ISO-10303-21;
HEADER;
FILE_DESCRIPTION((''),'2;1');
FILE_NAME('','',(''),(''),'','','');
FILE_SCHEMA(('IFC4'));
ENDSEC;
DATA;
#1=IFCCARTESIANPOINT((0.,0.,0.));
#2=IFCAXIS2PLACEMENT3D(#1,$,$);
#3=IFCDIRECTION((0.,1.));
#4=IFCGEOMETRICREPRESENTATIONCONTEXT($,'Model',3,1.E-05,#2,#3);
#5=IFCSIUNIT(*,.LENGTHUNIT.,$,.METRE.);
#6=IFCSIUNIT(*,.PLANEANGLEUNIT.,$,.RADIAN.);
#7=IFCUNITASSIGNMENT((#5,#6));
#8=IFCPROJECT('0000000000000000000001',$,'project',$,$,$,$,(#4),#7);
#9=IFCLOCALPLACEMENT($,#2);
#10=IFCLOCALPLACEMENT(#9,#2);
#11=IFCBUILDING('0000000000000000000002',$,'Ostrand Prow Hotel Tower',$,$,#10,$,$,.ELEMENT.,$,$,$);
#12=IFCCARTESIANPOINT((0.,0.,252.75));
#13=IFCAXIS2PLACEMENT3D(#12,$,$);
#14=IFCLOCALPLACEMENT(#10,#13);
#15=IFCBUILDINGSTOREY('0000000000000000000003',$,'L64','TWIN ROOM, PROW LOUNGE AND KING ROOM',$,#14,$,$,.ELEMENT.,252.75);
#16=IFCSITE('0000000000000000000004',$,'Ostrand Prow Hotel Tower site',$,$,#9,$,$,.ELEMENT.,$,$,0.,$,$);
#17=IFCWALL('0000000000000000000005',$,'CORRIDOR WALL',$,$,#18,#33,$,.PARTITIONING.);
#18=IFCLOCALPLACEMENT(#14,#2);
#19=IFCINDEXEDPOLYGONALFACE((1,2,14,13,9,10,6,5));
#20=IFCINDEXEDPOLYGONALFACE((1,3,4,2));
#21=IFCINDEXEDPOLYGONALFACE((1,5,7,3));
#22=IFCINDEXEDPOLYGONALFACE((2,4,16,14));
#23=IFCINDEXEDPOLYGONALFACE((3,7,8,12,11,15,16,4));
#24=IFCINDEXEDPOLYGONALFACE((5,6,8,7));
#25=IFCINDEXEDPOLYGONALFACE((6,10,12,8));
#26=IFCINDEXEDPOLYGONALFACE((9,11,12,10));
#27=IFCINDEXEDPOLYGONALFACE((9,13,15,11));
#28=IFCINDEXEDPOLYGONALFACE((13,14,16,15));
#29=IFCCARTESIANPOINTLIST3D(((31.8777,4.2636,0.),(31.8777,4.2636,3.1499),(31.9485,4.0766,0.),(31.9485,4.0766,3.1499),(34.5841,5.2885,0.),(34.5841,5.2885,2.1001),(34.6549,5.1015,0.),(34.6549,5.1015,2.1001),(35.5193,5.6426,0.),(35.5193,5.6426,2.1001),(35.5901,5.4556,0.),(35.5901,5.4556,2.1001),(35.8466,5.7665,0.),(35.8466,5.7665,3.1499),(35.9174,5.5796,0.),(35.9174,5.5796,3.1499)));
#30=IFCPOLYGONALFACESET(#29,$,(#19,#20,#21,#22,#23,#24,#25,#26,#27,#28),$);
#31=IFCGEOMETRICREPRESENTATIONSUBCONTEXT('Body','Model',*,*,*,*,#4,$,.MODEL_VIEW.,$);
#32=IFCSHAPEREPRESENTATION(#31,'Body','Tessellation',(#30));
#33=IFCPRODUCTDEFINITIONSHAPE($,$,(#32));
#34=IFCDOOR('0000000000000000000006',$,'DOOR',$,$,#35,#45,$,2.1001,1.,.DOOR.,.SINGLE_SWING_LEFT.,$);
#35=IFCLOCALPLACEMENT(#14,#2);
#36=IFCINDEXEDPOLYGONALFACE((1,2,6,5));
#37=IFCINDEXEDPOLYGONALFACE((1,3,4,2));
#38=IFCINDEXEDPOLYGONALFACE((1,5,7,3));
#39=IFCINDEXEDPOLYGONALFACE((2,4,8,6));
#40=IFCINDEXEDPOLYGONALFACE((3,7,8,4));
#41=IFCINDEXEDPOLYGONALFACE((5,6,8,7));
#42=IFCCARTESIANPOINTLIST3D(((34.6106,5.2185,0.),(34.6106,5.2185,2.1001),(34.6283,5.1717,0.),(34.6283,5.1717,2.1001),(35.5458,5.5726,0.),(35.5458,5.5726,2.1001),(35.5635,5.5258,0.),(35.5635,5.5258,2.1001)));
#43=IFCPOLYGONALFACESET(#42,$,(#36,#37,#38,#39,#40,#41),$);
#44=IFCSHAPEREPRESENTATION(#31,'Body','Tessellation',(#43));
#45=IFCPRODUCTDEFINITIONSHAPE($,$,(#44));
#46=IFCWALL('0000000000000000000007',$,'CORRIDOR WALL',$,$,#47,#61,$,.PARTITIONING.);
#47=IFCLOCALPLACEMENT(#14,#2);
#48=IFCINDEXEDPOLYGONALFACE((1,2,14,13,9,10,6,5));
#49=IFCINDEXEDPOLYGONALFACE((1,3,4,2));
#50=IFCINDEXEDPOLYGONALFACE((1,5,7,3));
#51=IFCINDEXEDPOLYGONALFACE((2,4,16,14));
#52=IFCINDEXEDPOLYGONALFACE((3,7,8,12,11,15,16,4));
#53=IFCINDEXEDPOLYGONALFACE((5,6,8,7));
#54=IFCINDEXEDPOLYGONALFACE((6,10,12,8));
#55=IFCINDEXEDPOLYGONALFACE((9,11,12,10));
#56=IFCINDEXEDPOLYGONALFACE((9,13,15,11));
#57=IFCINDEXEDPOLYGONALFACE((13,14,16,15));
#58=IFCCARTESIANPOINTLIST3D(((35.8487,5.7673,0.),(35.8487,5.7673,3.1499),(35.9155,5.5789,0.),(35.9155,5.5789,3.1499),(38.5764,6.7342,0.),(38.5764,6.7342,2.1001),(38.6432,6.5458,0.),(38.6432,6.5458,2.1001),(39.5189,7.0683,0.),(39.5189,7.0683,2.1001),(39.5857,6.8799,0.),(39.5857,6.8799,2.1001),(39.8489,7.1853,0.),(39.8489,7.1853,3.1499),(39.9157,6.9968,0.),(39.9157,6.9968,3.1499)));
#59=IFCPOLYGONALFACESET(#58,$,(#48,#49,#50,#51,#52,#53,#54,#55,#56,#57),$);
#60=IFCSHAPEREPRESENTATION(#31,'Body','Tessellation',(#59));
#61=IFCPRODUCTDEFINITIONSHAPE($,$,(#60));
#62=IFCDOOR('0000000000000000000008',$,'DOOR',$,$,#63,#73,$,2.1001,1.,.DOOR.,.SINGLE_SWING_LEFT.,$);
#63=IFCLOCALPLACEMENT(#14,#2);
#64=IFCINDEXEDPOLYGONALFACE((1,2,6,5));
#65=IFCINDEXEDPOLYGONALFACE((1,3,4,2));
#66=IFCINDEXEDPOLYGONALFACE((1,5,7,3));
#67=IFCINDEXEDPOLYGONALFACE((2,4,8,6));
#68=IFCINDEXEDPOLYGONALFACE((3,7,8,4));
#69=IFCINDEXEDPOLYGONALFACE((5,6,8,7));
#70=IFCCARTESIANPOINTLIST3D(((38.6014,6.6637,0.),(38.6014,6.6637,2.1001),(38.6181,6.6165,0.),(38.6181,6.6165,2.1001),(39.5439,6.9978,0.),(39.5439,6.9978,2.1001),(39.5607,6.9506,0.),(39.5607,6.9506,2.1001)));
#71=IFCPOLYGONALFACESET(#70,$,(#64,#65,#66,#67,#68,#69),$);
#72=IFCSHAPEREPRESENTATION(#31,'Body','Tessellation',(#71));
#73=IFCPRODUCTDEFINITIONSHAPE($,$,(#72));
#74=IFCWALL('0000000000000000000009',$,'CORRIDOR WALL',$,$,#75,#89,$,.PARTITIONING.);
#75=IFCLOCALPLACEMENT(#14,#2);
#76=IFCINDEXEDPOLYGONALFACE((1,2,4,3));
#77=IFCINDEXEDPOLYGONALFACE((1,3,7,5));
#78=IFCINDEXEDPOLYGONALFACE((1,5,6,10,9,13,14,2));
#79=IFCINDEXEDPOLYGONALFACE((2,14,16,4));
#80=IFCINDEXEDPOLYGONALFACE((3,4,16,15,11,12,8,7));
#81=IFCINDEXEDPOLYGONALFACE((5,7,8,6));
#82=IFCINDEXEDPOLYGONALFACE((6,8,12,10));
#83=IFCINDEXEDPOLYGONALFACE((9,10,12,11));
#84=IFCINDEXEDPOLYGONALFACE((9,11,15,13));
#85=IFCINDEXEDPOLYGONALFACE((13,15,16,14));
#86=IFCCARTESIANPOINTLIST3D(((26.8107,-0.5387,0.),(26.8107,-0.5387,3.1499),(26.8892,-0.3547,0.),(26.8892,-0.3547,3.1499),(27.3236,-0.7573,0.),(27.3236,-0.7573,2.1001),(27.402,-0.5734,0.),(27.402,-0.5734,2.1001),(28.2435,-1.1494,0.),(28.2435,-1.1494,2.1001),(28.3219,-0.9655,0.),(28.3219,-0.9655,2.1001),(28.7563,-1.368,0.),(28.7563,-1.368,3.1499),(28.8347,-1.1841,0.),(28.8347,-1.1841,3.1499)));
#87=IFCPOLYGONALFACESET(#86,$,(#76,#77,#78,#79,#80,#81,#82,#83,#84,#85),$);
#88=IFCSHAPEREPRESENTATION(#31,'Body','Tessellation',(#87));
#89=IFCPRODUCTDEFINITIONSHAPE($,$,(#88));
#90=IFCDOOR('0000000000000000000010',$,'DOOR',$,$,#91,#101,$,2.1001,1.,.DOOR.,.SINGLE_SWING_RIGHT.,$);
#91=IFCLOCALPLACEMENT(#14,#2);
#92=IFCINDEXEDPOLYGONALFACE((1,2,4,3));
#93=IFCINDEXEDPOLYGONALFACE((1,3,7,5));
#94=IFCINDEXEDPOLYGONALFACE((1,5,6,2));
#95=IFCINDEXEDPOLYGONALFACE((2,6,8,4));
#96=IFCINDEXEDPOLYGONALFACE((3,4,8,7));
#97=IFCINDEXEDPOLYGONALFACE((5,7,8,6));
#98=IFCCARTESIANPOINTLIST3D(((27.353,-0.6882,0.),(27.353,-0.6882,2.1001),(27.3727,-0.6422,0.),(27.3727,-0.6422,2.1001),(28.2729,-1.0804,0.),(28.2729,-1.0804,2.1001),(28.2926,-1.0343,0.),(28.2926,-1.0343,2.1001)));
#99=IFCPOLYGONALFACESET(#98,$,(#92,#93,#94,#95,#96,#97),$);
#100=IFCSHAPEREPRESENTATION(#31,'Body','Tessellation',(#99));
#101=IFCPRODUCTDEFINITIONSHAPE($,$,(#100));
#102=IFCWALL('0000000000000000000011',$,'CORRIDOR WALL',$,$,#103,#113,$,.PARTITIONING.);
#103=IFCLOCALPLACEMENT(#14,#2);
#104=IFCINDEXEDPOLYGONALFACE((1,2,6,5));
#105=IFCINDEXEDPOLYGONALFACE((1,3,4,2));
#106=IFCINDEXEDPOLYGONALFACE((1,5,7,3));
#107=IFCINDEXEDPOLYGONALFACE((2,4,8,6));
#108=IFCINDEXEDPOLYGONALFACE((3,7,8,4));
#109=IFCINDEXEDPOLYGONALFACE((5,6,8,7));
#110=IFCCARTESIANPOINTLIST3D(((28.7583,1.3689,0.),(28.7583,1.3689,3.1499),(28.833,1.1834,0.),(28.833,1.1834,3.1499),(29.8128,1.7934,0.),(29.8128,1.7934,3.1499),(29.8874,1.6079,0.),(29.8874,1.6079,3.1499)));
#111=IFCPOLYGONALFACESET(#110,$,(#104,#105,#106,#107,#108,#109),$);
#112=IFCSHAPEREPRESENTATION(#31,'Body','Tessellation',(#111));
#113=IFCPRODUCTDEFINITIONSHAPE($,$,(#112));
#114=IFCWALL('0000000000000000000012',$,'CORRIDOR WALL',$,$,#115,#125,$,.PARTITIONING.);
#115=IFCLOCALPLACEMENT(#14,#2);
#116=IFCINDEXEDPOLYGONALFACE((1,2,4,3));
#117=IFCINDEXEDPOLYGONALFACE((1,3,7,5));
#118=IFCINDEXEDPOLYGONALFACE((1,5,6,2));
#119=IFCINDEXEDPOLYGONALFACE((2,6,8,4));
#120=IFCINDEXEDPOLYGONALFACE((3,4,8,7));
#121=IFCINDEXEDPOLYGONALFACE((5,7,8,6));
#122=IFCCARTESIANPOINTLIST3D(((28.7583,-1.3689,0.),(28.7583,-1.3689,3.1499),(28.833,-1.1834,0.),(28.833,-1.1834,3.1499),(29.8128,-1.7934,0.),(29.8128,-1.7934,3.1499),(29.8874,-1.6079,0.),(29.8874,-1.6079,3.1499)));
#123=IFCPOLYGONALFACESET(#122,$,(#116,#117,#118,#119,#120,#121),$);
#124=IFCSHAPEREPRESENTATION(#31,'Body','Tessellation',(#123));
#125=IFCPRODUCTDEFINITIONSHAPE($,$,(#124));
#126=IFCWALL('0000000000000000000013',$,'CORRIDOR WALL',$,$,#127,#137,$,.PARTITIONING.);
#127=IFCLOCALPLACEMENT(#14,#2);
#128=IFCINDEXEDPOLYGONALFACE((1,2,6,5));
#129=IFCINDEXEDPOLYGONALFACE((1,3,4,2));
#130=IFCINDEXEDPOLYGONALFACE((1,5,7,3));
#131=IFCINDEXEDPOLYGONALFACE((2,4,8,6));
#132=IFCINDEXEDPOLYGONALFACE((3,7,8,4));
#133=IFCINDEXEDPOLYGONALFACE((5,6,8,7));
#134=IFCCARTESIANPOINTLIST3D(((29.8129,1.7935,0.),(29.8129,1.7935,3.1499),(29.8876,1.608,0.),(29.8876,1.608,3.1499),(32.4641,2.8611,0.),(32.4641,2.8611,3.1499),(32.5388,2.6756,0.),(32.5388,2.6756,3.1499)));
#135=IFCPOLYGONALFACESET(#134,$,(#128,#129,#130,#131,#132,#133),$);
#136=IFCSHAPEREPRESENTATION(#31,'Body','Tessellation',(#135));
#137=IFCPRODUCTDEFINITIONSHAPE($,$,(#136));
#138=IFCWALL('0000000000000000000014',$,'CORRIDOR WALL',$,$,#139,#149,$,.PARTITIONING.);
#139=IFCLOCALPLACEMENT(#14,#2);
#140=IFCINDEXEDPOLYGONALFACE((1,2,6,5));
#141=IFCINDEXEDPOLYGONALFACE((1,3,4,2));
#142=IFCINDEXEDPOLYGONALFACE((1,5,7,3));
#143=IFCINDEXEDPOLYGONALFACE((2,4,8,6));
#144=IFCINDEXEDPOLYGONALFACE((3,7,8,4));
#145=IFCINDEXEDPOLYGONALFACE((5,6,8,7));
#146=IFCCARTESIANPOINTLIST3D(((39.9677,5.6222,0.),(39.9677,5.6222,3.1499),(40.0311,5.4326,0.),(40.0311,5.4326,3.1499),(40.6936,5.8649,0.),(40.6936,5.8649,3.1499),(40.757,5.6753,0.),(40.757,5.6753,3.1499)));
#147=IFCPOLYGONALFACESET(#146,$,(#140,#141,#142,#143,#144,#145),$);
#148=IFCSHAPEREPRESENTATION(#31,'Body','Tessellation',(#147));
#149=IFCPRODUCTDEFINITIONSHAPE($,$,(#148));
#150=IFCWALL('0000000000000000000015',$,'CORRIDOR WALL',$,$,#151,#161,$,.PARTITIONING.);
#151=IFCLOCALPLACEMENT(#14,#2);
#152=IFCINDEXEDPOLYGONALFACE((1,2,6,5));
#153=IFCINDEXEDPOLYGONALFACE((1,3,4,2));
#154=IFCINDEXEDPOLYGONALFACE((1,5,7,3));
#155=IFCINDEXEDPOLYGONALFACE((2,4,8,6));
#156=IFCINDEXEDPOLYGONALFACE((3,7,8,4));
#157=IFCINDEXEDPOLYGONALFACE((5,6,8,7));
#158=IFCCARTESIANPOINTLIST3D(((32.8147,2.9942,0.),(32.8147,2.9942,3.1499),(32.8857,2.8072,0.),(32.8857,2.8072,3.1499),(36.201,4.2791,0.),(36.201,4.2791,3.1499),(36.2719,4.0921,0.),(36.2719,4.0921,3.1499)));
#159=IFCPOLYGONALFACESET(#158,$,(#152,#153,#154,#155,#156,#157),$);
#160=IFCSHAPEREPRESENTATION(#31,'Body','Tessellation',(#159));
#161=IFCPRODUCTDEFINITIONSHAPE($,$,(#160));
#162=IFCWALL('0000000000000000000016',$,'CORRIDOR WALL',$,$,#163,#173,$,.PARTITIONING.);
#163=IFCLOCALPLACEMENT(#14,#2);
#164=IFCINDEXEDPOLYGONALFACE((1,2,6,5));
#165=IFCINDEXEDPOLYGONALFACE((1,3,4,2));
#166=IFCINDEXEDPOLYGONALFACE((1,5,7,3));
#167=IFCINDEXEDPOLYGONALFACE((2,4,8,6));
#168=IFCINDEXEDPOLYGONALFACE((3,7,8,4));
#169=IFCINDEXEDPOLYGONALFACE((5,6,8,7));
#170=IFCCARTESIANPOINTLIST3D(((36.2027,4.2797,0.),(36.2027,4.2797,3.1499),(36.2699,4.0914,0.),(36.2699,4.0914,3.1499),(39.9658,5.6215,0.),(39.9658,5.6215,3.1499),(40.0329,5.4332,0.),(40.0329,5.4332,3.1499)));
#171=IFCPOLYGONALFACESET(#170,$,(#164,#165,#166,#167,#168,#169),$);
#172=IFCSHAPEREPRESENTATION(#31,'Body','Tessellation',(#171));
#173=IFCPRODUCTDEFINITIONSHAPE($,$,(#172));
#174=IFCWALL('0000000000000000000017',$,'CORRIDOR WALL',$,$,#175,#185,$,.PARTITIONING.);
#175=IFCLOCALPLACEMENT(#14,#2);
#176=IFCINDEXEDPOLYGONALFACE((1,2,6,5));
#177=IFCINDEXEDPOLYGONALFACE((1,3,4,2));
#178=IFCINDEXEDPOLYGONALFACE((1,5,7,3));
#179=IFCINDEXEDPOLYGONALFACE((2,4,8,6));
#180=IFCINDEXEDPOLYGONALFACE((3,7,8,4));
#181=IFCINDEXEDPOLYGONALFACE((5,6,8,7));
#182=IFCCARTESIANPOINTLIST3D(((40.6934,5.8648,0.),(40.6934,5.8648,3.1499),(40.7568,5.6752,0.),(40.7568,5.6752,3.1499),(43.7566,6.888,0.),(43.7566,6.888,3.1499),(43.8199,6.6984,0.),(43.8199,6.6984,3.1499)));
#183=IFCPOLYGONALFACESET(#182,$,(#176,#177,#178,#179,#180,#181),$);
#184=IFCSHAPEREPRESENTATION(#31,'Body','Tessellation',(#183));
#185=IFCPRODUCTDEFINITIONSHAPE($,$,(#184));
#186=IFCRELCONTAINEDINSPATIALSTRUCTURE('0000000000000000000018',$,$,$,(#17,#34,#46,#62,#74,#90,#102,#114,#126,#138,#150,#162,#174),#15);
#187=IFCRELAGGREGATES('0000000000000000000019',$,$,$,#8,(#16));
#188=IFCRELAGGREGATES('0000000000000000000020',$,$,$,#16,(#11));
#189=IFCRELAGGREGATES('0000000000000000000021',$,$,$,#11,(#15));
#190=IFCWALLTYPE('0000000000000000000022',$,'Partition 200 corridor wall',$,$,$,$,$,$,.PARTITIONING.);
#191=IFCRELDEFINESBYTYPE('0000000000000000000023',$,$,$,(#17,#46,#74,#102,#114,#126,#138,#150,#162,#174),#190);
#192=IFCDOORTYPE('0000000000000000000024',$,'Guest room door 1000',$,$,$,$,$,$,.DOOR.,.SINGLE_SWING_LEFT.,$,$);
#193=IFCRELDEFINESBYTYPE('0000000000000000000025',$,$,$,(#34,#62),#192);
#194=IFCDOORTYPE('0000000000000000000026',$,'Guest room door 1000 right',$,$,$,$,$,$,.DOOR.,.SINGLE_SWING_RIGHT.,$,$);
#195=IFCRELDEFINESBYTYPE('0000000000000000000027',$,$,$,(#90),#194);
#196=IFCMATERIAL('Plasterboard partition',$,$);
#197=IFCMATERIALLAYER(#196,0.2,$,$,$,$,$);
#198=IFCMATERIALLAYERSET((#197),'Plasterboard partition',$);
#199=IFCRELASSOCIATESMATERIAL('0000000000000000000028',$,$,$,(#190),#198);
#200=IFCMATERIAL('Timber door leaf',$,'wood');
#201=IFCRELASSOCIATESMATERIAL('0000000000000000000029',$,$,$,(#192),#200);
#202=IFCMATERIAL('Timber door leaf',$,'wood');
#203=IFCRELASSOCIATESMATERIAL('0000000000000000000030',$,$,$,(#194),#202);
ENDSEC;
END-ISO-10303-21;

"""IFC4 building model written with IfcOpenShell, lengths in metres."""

from ifc_helpers import new_model, si_unit, direction, frame, frame_2d, origin, place, context, subcontext, project, spatial, rectangle, extrude, material, layer, layer_set, type_object, element, fill, save


model = new_model("IFC4")

# Units and contexts
model_context = context("Model", 3, precision=1e-05, world=origin(), true_north=direction((0.0, 1.0)))
body_context = subcontext(model_context, "Body", "Model", "MODEL_VIEW")
ifc_project = project(units=[si_unit("LENGTHUNIT", "METRE"), si_unit("PLANEANGLEUNIT", "RADIAN")], contexts=[model_context])

# Site, building, storey
site_placement = place(None, origin())
site = spatial("IfcSite", under=ifc_project, at=site_placement, Name="Ostrand Prow Hotel Tower site", CompositionType="ELEMENT", RefElevation=0.0)
building_placement = place(site_placement, origin())
building = spatial("IfcBuilding", under=site, at=building_placement, Name="Ostrand Prow Hotel Tower", CompositionType="ELEMENT")
storey_placement = place(building_placement, frame((0.0, 0.0, 252.75)))
storey = spatial("IfcBuildingStorey", under=building, at=storey_placement, Name="L64", Description="TWIN ROOM, PROW LOUNGE AND KING ROOM", CompositionType="ELEMENT", Elevation=252.75)

# Walls, openings, doors
ifc_material_1 = material(Name="Plasterboard partition")
ifc_layer_1 = layer(ifc_material_1, 0.2)
ifc_layer_set_1 = layer_set([ifc_layer_1], Name="Plasterboard partition")
wall_type_1 = type_object("IfcWallType", Name="Partition 200 corridor wall", PredefinedType="PARTITIONING", material=ifc_layer_set_1)
wall_1_placement = place(storey_placement, frame((35.8821, 5.6731, 0.0), z_axis=(0.0, 0.0, 1.0), x_axis=(-0.935189, -0.354148, 0.0)))
wall_1 = element("IfcWall", 1, at=wall_1_placement, inside=storey, type_object=wall_type_1, Name="CORRIDOR WALL", PredefinedType="PARTITIONING", context=body_context, shape_type="SweptSolid", body=[
    extrude(rectangle(XDim=4.2439, YDim=0.2, at=frame_2d((2.1221, 0.0))), origin(), (0.0, 0.0, 1.0), 3.1499),
])
opening_1_placement = place(wall_1_placement, frame((0.3501, 0.0, 0.0)))
opening_1 = element("IfcOpeningElement", 2, at=opening_1_placement, cuts=wall_1, PredefinedType="OPENING", context=body_context, shape_type="SweptSolid", body=[
    extrude(rectangle(XDim=1.0, YDim=2.1001, at=frame_2d((0.5, 1.05))), frame((0.0, 0.1099, 0.0), z_axis=(0.0, -1.0, 0.0), x_axis=(1.0, 0.0, 0.0)), (0.0, 0.0, 1.0), 0.22),
])
ifc_material_2 = material(Name="Timber door leaf", Category="wood")
door_type_1 = type_object("IfcDoorType", Name="Guest room door 1000", OperationType="SINGLE_SWING_LEFT", PredefinedType="DOOR", material=ifc_material_2)
door_1_placement = place(opening_1_placement, origin())
door_1 = element("IfcDoor", 3, at=door_1_placement, inside=storey, type_object=door_type_1, Name="DOOR", OperationType="SINGLE_SWING_LEFT", OverallHeight=2.1001, OverallWidth=1.0, PredefinedType="DOOR", context=body_context, shape_type="SweptSolid", body=[
    extrude(rectangle(XDim=1.0, YDim=2.1001, at=frame_2d((0.5, 1.05))), frame((0.0, 0.0249, 0.0), z_axis=(0.0, -1.0, 0.0), x_axis=(1.0, 0.0, 0.0)), (0.0, 0.0, 1.0), 0.05),
])
fill(opening_1, door_1)
wall_2_placement = place(storey_placement, frame((39.8823, 7.0911, 0.0), z_axis=(0.0, 0.0, 1.0), x_axis=(-0.942537, -0.334102, 0.0)))
wall_2 = element("IfcWall", 4, at=wall_2_placement, inside=storey, type_object=wall_type_1, Name="CORRIDOR WALL", PredefinedType="PARTITIONING", context=body_context, shape_type="SweptSolid", body=[
    extrude(rectangle(XDim=4.2441, YDim=0.2, at=frame_2d((2.1221, 0.0))), origin(), (0.0, 0.0, 1.0), 3.1499),
])
opening_2_placement = place(wall_2_placement, frame((0.3501, 0.0, 0.0)))
opening_2 = element("IfcOpeningElement", 5, at=opening_2_placement, cuts=wall_2, PredefinedType="OPENING", context=body_context, shape_type="SweptSolid", body=[
    extrude(rectangle(XDim=1.0, YDim=2.1001, at=frame_2d((0.5, 1.05))), frame((0.0, 0.1099, 0.0), z_axis=(0.0, -1.0, 0.0), x_axis=(1.0, 0.0, 0.0)), (0.0, 0.0, 1.0), 0.22),
])
door_2_placement = place(opening_2_placement, origin())
door_2 = element("IfcDoor", 6, at=door_2_placement, inside=storey, type_object=door_type_1, Name="DOOR", OperationType="SINGLE_SWING_LEFT", OverallHeight=2.1001, OverallWidth=1.0, PredefinedType="DOOR", context=body_context, shape_type="SweptSolid", body=[
    extrude(rectangle(XDim=1.0, YDim=2.1001, at=frame_2d((0.5, 1.05))), frame((0.0, 0.0249, 0.0), z_axis=(0.0, -1.0, 0.0), x_axis=(1.0, 0.0, 0.0)), (0.0, 0.0, 1.0), 0.05),
])
fill(opening_2, door_2)
wall_3_placement = place(storey_placement, frame((28.7957, -1.2761, 0.0), z_axis=(0.0, 0.0, 1.0), x_axis=(-0.919908, 0.392135, 0.0)))
wall_3 = element("IfcWall", 7, at=wall_3_placement, inside=storey, type_object=wall_type_1, Name="CORRIDOR WALL", PredefinedType="PARTITIONING", context=body_context, shape_type="SweptSolid", body=[
    extrude(rectangle(XDim=2.115, YDim=0.2, at=frame_2d((1.0576, 0.0))), origin(), (0.0, 0.0, 1.0), 3.1499),
])
opening_3_placement = place(wall_3_placement, frame((0.5576, 0.0, 0.0)))
opening_3 = element("IfcOpeningElement", 8, at=opening_3_placement, cuts=wall_3, PredefinedType="OPENING", context=body_context, shape_type="SweptSolid", body=[
    extrude(rectangle(XDim=1.0, YDim=2.1001, at=frame_2d((0.5, 1.05))), frame((0.0, 0.1099, 0.0), z_axis=(0.0, -1.0, 0.0), x_axis=(1.0, 0.0, 0.0)), (0.0, 0.0, 1.0), 0.22),
])
ifc_material_3 = material(Name="Timber door leaf", Category="wood")
door_type_2 = type_object("IfcDoorType", Name="Guest room door 1000 right", OperationType="SINGLE_SWING_RIGHT", PredefinedType="DOOR", material=ifc_material_3)
door_3_placement = place(opening_3_placement, origin())
door_3 = element("IfcDoor", 9, at=door_3_placement, inside=storey, type_object=door_type_2, Name="DOOR", OperationType="SINGLE_SWING_RIGHT", OverallHeight=2.1001, OverallWidth=1.0, PredefinedType="DOOR", context=body_context, shape_type="SweptSolid", body=[
    extrude(rectangle(XDim=1.0, YDim=2.1001, at=frame_2d((0.5, 1.05))), frame((0.0, 0.0249, 0.0), z_axis=(0.0, -1.0, 0.0), x_axis=(1.0, 0.0, 0.0)), (0.0, 0.0, 1.0), 0.05),
])
fill(opening_3, door_3)

# Walls
for number, where, z_axis, x_axis, name in (
    (10, (28.7957, 1.2761, 0.0), (0.0, 0.0, 1.0), (0.92763, 0.3735, 0.0), "CORRIDOR WALL"),
    (11, (29.8501, -1.7007, 0.0), (0.0, 0.0, 1.0), (-0.92763, 0.3735, 0.0), "CORRIDOR WALL"),
):
    element("IfcWall", number, at=place(storey_placement, frame(where, z_axis=z_axis, x_axis=x_axis)), inside=storey, type_object=wall_type_1, Name=name, PredefinedType="PARTITIONING", context=body_context, shape_type="SweptSolid", body=[
        extrude(rectangle(XDim=1.1367, YDim=0.2, at=frame_2d((0.5684, 0.0))), origin(), (0.0, 0.0, 1.0), 3.1499),
    ])
wall_4_placement = place(storey_placement, frame((29.8501, 1.7007, 0.0), z_axis=(0.0, 0.0, 1.0), x_axis=(0.92762, 0.373525, 0.0)))
element("IfcWall", 12, at=wall_4_placement, inside=storey, type_object=wall_type_1, Name="CORRIDOR WALL", PredefinedType="PARTITIONING", context=body_context, shape_type="SweptSolid", body=[
    extrude(rectangle(XDim=2.8582, YDim=0.2, at=frame_2d((1.4292, 0.0))), origin(), (0.0, 0.0, 1.0), 3.1499),
])
wall_5_placement = place(storey_placement, frame((39.9993, 5.5273, 0.0), z_axis=(0.0, 0.0, 1.0), x_axis=(0.948396, 0.317089, 0.0)))
element("IfcWall", 13, at=wall_5_placement, inside=storey, type_object=wall_type_1, Name="CORRIDOR WALL", PredefinedType="PARTITIONING", context=body_context, shape_type="SweptSolid", body=[
    extrude(rectangle(XDim=0.7654, YDim=0.2, at=frame_2d((0.3828, 0.0))), origin(), (0.0, 0.0, 1.0), 3.1499),
])
wall_6_placement = place(storey_placement, frame((32.8501, 2.9006, 0.0), z_axis=(0.0, 0.0, 1.0), x_axis=(0.934954, 0.35477, 0.0)))
element("IfcWall", 14, at=wall_6_placement, inside=storey, type_object=wall_type_1, Name="CORRIDOR WALL", PredefinedType="PARTITIONING", context=body_context, shape_type="SweptSolid", body=[
    extrude(rectangle(XDim=3.6218, YDim=0.2, at=frame_2d((1.811, 0.0))), origin(), (0.0, 0.0, 1.0), 3.1499),
])
wall_7_placement = place(storey_placement, frame((36.2363, 4.1855, 0.0), z_axis=(0.0, 0.0, 1.0), x_axis=(0.941909, 0.335868, 0.0)))
element("IfcWall", 15, at=wall_7_placement, inside=storey, type_object=wall_type_1, Name="CORRIDOR WALL", PredefinedType="PARTITIONING", context=body_context, shape_type="SweptSolid", body=[
    extrude(rectangle(XDim=3.9951, YDim=0.2, at=frame_2d((1.9976, 0.0))), origin(), (0.0, 0.0, 1.0), 3.1499),
])
wall_8_placement = place(storey_placement, frame((40.7251, 5.77, 0.0), z_axis=(0.0, 0.0, 1.0), x_axis=(0.948487, 0.316817, 0.0)))
element("IfcWall", 16, at=wall_8_placement, inside=storey, type_object=wall_type_1, Name="CORRIDOR WALL", PredefinedType="PARTITIONING", context=body_context, shape_type="SweptSolid", body=[
    extrude(rectangle(XDim=3.2295, YDim=0.2, at=frame_2d((1.6147, 0.0))), origin(), (0.0, 0.0, 1.0), 3.1499),
])

save(model, "model.ifc")
